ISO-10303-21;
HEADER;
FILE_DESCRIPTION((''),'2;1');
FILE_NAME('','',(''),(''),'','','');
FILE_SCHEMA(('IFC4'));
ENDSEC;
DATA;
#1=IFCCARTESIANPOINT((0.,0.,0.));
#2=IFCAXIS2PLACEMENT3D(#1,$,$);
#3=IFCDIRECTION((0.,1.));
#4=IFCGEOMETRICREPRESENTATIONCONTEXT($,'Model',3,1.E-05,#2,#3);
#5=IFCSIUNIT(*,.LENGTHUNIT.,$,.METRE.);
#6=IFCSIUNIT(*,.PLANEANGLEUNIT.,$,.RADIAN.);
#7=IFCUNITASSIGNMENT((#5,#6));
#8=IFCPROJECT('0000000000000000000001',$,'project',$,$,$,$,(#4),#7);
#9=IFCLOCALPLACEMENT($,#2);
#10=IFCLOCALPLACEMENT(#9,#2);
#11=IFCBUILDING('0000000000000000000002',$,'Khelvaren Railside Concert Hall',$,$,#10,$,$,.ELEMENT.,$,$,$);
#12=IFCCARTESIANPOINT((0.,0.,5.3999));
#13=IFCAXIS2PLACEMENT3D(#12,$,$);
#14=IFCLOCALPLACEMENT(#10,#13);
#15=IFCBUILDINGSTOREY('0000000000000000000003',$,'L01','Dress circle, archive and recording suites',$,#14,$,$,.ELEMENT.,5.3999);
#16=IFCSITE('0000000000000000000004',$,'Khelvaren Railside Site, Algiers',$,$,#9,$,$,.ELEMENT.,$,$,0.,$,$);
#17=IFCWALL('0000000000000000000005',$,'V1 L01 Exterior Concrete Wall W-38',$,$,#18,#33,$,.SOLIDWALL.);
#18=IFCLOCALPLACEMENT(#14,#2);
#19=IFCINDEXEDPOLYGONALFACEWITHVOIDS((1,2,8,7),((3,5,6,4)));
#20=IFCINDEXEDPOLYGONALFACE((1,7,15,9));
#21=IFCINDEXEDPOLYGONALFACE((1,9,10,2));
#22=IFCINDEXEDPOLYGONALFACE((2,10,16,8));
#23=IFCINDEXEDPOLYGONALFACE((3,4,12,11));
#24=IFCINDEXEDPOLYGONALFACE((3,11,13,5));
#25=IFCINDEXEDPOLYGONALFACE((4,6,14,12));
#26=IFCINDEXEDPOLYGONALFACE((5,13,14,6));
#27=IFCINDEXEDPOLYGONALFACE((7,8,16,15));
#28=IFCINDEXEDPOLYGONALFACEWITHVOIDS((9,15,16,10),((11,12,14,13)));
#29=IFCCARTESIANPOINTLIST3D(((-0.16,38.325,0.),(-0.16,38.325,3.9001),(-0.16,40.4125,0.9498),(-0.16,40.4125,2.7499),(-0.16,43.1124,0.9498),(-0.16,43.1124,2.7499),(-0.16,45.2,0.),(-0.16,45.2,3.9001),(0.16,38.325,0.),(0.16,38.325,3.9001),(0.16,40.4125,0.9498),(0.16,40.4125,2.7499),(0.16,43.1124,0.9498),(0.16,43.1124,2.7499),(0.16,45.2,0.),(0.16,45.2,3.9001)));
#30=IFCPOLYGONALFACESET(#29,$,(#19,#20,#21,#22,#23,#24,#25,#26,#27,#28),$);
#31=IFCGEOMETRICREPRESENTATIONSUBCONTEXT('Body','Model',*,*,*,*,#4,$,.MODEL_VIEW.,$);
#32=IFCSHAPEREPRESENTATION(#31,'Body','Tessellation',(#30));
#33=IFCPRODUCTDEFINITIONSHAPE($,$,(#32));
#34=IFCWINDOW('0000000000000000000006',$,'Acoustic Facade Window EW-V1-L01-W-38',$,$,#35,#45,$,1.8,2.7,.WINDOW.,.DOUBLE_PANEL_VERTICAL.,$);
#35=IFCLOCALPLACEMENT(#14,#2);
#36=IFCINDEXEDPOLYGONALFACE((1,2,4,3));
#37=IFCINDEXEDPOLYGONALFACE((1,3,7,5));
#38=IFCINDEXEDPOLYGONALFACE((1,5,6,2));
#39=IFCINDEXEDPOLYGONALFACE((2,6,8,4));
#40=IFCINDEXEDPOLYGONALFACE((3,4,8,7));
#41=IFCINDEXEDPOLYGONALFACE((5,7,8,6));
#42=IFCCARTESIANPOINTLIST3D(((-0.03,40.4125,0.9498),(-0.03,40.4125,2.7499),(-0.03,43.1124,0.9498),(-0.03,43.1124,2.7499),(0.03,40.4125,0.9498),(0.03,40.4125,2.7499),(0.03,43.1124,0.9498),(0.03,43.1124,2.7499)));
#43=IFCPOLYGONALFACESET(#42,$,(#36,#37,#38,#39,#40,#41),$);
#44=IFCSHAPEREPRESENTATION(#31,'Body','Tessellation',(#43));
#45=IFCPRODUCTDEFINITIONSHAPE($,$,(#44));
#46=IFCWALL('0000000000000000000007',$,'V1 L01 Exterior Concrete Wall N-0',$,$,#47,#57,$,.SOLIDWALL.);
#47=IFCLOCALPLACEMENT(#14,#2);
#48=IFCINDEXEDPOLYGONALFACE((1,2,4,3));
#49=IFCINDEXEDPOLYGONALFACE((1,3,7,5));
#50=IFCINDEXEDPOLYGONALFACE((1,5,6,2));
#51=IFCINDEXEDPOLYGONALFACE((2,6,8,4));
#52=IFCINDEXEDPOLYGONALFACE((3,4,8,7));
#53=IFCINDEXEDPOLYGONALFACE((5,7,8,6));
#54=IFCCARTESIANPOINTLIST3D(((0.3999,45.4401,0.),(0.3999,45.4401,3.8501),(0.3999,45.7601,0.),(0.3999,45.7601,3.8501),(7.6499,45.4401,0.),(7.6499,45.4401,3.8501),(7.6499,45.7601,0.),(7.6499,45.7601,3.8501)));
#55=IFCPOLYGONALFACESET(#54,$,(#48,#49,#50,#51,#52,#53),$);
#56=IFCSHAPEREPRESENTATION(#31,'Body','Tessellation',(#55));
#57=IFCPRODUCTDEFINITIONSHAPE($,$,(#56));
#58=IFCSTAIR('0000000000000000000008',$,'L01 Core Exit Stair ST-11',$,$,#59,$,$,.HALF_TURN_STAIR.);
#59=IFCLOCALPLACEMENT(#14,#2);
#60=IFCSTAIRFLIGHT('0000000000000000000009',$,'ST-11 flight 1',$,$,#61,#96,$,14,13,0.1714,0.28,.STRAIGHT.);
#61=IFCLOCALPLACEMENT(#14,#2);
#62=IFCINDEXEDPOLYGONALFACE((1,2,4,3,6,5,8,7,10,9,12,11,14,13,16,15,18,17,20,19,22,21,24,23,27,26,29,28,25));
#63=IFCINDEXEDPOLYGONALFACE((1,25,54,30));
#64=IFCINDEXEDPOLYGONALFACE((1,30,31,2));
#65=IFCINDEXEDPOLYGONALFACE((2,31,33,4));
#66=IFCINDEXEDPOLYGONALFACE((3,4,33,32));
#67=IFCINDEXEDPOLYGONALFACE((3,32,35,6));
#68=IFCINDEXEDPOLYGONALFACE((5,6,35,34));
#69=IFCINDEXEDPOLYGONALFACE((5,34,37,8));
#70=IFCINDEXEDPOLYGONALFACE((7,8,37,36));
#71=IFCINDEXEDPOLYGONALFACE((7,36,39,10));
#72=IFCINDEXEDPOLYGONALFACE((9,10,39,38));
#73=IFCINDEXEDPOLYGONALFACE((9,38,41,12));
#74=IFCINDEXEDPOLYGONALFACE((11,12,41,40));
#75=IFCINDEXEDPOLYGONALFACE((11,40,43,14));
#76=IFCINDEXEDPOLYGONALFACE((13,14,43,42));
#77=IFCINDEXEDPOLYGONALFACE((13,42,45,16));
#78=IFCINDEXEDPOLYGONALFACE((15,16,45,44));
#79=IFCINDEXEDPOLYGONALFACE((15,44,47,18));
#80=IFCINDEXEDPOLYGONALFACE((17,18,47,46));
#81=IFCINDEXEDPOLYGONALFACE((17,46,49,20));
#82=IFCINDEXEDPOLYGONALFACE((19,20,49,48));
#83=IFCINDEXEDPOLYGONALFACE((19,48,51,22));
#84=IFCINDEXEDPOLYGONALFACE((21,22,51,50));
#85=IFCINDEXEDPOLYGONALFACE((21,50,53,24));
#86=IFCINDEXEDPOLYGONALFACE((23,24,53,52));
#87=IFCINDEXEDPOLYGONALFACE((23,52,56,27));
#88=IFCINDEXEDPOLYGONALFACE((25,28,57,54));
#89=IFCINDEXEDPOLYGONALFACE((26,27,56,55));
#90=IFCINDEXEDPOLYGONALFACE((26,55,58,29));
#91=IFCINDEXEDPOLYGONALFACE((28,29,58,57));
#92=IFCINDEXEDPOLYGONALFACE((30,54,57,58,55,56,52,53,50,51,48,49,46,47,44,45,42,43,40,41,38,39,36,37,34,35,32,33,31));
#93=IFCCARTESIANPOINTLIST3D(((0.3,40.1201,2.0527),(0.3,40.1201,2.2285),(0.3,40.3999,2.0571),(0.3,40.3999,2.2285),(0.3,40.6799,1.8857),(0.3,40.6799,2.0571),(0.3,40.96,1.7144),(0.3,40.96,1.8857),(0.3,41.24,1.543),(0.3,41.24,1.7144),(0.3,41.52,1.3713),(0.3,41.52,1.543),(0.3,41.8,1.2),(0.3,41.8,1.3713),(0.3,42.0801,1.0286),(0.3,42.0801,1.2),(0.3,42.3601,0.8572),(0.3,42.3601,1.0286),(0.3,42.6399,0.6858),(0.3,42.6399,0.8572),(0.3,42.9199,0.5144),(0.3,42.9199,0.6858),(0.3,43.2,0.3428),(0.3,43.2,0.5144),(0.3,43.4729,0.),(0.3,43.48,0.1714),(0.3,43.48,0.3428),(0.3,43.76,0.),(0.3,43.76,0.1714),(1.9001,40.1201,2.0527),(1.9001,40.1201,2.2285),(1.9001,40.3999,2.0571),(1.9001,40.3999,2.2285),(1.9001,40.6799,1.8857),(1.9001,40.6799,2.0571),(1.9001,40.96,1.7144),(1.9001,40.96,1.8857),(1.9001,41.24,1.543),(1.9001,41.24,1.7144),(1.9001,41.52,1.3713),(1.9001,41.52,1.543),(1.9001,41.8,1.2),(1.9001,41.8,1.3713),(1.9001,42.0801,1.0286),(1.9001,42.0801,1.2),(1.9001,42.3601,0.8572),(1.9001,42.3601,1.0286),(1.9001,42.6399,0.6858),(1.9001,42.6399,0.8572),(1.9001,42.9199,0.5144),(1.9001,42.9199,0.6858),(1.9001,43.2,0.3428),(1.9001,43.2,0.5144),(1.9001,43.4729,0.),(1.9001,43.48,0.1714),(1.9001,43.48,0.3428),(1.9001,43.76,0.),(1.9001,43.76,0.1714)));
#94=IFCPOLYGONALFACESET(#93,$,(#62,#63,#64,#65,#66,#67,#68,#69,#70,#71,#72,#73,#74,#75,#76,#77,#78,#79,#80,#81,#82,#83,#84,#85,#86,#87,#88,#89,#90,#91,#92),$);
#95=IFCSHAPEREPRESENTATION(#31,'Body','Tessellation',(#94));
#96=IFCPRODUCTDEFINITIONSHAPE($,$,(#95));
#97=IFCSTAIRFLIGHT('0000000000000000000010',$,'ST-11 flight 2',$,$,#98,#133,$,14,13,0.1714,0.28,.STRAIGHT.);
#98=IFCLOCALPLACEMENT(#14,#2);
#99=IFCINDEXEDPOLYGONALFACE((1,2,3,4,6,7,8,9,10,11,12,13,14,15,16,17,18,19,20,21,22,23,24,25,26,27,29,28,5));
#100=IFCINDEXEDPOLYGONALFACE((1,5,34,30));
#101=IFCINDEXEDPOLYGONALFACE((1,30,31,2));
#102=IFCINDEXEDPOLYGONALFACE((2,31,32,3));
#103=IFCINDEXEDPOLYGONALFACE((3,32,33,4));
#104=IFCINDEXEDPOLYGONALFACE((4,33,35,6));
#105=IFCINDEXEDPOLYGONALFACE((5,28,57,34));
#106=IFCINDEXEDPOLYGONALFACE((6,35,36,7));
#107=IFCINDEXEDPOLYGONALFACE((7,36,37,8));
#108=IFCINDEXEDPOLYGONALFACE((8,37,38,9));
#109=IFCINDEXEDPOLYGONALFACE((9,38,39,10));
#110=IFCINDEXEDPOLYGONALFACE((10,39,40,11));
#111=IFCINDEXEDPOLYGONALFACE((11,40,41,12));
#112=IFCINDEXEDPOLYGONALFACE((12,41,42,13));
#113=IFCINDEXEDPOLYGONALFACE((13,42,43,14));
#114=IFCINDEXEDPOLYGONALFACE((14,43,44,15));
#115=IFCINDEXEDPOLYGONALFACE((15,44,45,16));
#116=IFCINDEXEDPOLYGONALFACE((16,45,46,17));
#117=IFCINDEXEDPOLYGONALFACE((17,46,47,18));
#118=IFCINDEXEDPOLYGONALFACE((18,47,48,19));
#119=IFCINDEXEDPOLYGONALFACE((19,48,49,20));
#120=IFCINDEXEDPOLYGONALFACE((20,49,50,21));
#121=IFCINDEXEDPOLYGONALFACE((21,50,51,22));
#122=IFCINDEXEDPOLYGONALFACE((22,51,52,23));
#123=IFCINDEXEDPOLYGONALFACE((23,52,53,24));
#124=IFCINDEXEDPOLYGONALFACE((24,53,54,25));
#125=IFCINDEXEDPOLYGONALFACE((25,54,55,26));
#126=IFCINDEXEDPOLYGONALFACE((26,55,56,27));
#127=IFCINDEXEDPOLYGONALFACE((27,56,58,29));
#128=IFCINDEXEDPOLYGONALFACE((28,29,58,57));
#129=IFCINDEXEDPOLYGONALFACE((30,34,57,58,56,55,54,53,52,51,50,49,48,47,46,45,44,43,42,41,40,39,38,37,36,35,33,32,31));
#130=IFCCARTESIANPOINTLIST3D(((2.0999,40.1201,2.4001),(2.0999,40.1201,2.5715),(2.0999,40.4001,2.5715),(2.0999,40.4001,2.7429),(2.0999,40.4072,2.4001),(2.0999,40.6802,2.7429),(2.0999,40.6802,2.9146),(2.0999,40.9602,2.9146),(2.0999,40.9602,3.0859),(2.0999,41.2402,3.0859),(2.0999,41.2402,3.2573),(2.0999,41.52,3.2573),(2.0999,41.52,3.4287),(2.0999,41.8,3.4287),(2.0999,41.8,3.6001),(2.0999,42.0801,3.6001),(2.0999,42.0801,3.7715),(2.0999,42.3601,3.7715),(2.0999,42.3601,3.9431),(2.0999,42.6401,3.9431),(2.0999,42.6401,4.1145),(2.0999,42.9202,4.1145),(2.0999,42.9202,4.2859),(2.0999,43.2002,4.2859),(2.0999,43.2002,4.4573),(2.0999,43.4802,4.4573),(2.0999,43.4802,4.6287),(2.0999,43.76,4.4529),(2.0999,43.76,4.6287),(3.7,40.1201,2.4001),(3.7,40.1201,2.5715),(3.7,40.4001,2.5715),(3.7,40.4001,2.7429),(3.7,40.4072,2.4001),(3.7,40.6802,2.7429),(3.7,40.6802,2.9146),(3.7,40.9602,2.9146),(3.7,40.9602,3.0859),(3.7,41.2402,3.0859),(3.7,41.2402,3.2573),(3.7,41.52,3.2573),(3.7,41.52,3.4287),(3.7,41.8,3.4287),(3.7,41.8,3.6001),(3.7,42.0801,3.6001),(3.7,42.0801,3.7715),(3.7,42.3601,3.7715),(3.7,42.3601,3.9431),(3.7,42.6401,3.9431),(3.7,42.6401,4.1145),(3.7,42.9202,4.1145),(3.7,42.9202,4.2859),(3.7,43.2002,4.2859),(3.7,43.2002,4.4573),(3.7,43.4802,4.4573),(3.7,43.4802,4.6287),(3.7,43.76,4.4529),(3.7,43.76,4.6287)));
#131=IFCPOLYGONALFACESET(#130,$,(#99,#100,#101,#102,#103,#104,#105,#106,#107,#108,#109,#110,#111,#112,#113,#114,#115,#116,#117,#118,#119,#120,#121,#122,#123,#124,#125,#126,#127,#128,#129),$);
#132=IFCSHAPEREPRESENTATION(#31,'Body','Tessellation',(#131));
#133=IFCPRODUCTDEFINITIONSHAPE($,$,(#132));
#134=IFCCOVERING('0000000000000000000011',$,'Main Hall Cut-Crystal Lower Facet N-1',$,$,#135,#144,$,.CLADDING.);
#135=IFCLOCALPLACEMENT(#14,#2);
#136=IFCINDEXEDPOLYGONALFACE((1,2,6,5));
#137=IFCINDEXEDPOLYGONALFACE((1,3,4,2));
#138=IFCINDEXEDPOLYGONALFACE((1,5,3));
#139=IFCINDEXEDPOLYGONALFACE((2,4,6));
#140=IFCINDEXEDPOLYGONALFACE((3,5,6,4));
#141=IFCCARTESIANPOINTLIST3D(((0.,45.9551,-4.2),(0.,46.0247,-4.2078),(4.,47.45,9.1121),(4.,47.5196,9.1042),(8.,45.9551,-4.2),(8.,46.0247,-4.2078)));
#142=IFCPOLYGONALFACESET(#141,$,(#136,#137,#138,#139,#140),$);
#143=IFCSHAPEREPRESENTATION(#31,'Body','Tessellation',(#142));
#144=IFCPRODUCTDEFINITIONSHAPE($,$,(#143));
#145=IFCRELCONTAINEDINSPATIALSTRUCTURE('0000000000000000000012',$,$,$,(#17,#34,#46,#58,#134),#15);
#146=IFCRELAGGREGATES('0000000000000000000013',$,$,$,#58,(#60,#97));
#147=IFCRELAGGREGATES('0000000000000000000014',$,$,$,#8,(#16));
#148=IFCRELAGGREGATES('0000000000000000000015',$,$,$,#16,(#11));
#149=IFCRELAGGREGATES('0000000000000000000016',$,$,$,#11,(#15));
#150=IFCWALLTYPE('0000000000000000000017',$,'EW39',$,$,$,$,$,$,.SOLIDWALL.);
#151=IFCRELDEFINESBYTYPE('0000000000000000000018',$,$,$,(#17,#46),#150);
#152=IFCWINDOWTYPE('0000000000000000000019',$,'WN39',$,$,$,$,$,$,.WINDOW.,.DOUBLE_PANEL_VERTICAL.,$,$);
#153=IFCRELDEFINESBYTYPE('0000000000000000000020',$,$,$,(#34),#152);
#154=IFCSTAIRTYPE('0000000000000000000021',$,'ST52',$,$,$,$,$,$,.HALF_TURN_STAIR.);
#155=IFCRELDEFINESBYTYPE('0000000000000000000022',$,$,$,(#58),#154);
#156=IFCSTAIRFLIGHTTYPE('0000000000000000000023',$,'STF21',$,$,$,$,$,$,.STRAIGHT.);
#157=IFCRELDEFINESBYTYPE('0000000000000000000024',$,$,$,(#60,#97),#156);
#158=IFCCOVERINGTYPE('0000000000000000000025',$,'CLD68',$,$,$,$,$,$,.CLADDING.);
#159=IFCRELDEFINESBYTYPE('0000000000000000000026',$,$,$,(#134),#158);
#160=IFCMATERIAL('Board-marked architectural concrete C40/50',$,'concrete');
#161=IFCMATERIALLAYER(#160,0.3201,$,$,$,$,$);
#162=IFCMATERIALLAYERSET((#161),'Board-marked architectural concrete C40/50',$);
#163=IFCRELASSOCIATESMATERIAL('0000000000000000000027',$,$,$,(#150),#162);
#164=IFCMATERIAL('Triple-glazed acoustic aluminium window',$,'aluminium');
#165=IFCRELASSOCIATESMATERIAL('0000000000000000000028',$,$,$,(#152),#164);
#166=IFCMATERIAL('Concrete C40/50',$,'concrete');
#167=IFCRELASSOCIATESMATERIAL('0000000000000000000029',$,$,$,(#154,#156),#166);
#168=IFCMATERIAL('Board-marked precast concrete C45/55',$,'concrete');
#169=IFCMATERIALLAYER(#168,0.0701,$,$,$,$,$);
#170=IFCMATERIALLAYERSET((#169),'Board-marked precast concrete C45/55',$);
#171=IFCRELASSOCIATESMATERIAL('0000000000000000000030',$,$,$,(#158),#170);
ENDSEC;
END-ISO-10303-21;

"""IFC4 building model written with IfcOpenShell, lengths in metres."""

from ifc_helpers import new_model, si_unit, direction, frame, frame_2d, origin, place, context, subcontext, project, spatial, polyline, rectangle, outline, extrude, material, layer, layer_set, type_object, element, fill, aggregate, save


model = new_model("IFC4")

# Units and contexts
model_context = context("Model", 3, precision=1e-05, world=origin(), true_north=direction((0.0, 1.0)))
body_context = subcontext(model_context, "Body", "Model", "MODEL_VIEW")
ifc_project = project(units=[si_unit("LENGTHUNIT", "METRE"), si_unit("PLANEANGLEUNIT", "RADIAN")], contexts=[model_context])

# Site, building, storey
site_placement = place(None, origin())
site = spatial("IfcSite", under=ifc_project, at=site_placement, Name="Khelvaren Railside Site, Algiers", CompositionType="ELEMENT", RefElevation=0.0)
building_placement = place(site_placement, origin())
building = spatial("IfcBuilding", under=site, at=building_placement, Name="Khelvaren Railside Concert Hall", CompositionType="ELEMENT")
storey_placement = place(building_placement, frame((0.0, 0.0, 5.3999)))
storey = spatial("IfcBuildingStorey", under=building, at=storey_placement, Name="L01", Description="Dress circle, archive and recording suites", CompositionType="ELEMENT", Elevation=5.3999)

# Shared definitions
ifc_material_1 = material(Name="Concrete C40/50", Category="concrete")

# Wall, opening, window
ifc_material_2 = material(Name="Board-marked architectural concrete C40/50", Category="concrete")
ifc_layer_1 = layer(ifc_material_2, 0.3201)
ifc_layer_set_1 = layer_set([ifc_layer_1], Name="Board-marked architectural concrete C40/50")
wall_type = type_object("IfcWallType", Name="EW39", PredefinedType="SOLIDWALL", material=ifc_layer_set_1)
wall_1_placement = place(storey_placement, frame((0.0, 38.325, 0.0), z_axis=(0.0, 0.0, 1.0), x_axis=(0.0, 1.0, 0.0)))
wall_1 = element("IfcWall", 1, at=wall_1_placement, inside=storey, type_object=wall_type, Name="V1 L01 Exterior Concrete Wall W-38", PredefinedType="SOLIDWALL", context=body_context, shape_type="SweptSolid", body=[
    extrude(rectangle(XDim=6.875, YDim=0.3201, at=frame_2d((3.4375, 0.0))), origin(), (0.0, 0.0, 1.0), 3.9001),
])
opening_placement = place(wall_1_placement, frame((2.0874, 0.0, 0.95)))
opening = element("IfcOpeningElement", 2, at=opening_placement, cuts=wall_1, PredefinedType="OPENING", context=body_context, shape_type="SweptSolid", body=[
    extrude(rectangle(XDim=2.7, YDim=1.8, at=frame_2d((1.3501, 0.8999))), frame((0.0, 0.1699, 0.0), z_axis=(0.0, -1.0, 0.0), x_axis=(1.0, 0.0, 0.0)), (0.0, 0.0, 1.0), 0.3401),
])
ifc_material_3 = material(Name="Triple-glazed acoustic aluminium window", Category="aluminium")
window_type = type_object("IfcWindowType", Name="WN39", PartitioningType="DOUBLE_PANEL_VERTICAL", PredefinedType="WINDOW", material=ifc_material_3)
window_placement = place(opening_placement, origin())
window = element("IfcWindow", 3, at=window_placement, inside=storey, type_object=window_type, Name="Acoustic Facade Window EW-V1-L01-W-38", OverallHeight=1.8, OverallWidth=2.7, PartitioningType="DOUBLE_PANEL_VERTICAL", PredefinedType="WINDOW", context=body_context, shape_type="SweptSolid", body=[
    extrude(rectangle(XDim=2.7, YDim=1.8, at=frame_2d((1.3501, 0.8999))), frame((0.0, 0.03, 0.0), z_axis=(0.0, -1.0, 0.0), x_axis=(1.0, 0.0, 0.0)), (0.0, 0.0, 1.0), 0.0601),
])
fill(opening, window)

# Wall
wall_2_placement = place(storey_placement, frame((0.3999, 45.6001, 0.0), z_axis=(0.0, 0.0, 1.0), x_axis=(1.0, 0.0, 0.0)))
element("IfcWall", 4, at=wall_2_placement, inside=storey, type_object=wall_type, Name="V1 L01 Exterior Concrete Wall N-0", PredefinedType="SOLIDWALL", context=body_context, shape_type="SweptSolid", body=[
    extrude(rectangle(XDim=7.25, YDim=0.3201, at=frame_2d((3.625, 0.0))), origin(), (0.0, 0.0, 1.0), 3.8501),
])

# Stair, stair flights
stair_type = type_object("IfcStairType", Name="ST52", PredefinedType="HALF_TURN_STAIR", material=ifc_material_1)
stair_placement = place(storey_placement, origin())
stair = element("IfcStair", 5, at=stair_placement, inside=storey, type_object=stair_type, Name="L01 Core Exit Stair ST-11", PredefinedType="HALF_TURN_STAIR")
stair_flight_type = type_object("IfcStairFlightType", Name="STF21", PredefinedType="STRAIGHT", material=ifc_material_1)
stair_flight_1_placement = place(storey_placement, frame((1.1001, 43.76, 0.0), z_axis=(0.0, 0.0, 1.0), x_axis=(0.0, -1.0, 0.0)))
stair_flight_1 = element("IfcStairFlight", 6, at=stair_flight_1_placement, type_object=stair_flight_type, Name="ST-11 flight 1", NumberOfRisers=14, NumberOfTreads=13, PredefinedType="STRAIGHT", RiserHeight=0.1714, TreadLength=0.28, context=body_context, shape_type="SweptSolid", body=[
    extrude(outline(polyline([(0.0, 0.0), (0.0, 0.1714), (0.28, 0.1714), (0.28, 0.3428), (0.5601, 0.3428), (0.5601, 0.5144), (0.8401, 0.5144), (0.8401, 0.6858), (1.1201, 0.6858), (1.1201, 0.8572), (1.3999, 0.8572), (1.3999, 1.0286), (1.6799, 1.0286), (1.6799, 1.2), (1.96, 1.2), (1.96, 1.3713), (2.24, 1.3713), (2.24, 1.543), (2.52, 1.543), (2.52, 1.7144), (2.8, 1.7144), (2.8, 1.8857), (3.0801, 1.8857), (3.0801, 2.0571), (3.3601, 2.0571), (3.3601, 2.2285), (3.6399, 2.2285), (3.6399, 2.3999), (3.6399, 2.0527), (0.2871, 0.0), (0.0, 0.0)])), frame((0.0, 0.8, 0.0), z_axis=(0.0, -1.0, 0.0), x_axis=(1.0, 0.0, 0.0)), (0.0, 0.0, 1.0), 1.6001),
])
stair_flight_2_placement = place(storey_placement, frame((2.8999, 40.1201, 2.4001), z_axis=(0.0, 0.0, 1.0), x_axis=(0.0, 1.0, 0.0)))
stair_flight_2 = element("IfcStairFlight", 7, at=stair_flight_2_placement, type_object=stair_flight_type, Name="ST-11 flight 2", NumberOfRisers=14, NumberOfTreads=13, PredefinedType="STRAIGHT", RiserHeight=0.1714, TreadLength=0.28, context=body_context, shape_type="SweptSolid", body=[
    extrude(outline(polyline([(0.0, 0.0), (0.0, 0.1714), (0.28, 0.1714), (0.28, 0.3428), (0.5601, 0.3428), (0.5601, 0.5144), (0.8401, 0.5144), (0.8401, 0.6858), (1.1201, 0.6858), (1.1201, 0.8572), (1.3999, 0.8572), (1.3999, 1.0286), (1.6799, 1.0286), (1.6799, 1.2), (1.96, 1.2), (1.96, 1.3713), (2.24, 1.3713), (2.24, 1.543), (2.52, 1.543), (2.52, 1.7144), (2.8, 1.7144), (2.8, 1.8857), (3.0801, 1.8857), (3.0801, 2.0571), (3.3601, 2.0571), (3.3601, 2.2285), (3.6399, 2.2285), (3.6399, 2.3999), (3.6399, 2.0527), (0.2871, 0.0), (0.0, 0.0)])), frame((0.0, 0.8, 0.0), z_axis=(0.0, -1.0, 0.0), x_axis=(1.0, 0.0, 0.0)), (0.0, 0.0, 1.0), 1.6001),
])
aggregate(stair, [stair_flight_1, stair_flight_2])

# Covering
ifc_material_4 = material(Name="Board-marked precast concrete C45/55", Category="concrete")
ifc_layer_2 = layer(ifc_material_4, 0.0701)
ifc_layer_set_2 = layer_set([ifc_layer_2], Name="Board-marked precast concrete C45/55")
covering_type = type_object("IfcCoveringType", Name="CLD68", PredefinedType="CLADDING", material=ifc_layer_set_2)
covering_placement = place(storey_placement, frame((0.0, 45.9551, -4.2), z_axis=(0.0, -0.993754, 0.111594), x_axis=(1.0, 0.0, 0.0)))
element("IfcCovering", 8, at=covering_placement, inside=storey, type_object=covering_type, Name="Main Hall Cut-Crystal Lower Facet N-1", PredefinedType="CLADDING", context=body_context, shape_type="SweptSolid", body=[
    extrude(outline(polyline([(0.0, 0.0), (8.0, 0.0), (4.0, 13.3957), (0.0, 0.0)])), origin(), (0.0, 0.0, -1.0), 0.0701),
])

save(model, "model.ifc")
